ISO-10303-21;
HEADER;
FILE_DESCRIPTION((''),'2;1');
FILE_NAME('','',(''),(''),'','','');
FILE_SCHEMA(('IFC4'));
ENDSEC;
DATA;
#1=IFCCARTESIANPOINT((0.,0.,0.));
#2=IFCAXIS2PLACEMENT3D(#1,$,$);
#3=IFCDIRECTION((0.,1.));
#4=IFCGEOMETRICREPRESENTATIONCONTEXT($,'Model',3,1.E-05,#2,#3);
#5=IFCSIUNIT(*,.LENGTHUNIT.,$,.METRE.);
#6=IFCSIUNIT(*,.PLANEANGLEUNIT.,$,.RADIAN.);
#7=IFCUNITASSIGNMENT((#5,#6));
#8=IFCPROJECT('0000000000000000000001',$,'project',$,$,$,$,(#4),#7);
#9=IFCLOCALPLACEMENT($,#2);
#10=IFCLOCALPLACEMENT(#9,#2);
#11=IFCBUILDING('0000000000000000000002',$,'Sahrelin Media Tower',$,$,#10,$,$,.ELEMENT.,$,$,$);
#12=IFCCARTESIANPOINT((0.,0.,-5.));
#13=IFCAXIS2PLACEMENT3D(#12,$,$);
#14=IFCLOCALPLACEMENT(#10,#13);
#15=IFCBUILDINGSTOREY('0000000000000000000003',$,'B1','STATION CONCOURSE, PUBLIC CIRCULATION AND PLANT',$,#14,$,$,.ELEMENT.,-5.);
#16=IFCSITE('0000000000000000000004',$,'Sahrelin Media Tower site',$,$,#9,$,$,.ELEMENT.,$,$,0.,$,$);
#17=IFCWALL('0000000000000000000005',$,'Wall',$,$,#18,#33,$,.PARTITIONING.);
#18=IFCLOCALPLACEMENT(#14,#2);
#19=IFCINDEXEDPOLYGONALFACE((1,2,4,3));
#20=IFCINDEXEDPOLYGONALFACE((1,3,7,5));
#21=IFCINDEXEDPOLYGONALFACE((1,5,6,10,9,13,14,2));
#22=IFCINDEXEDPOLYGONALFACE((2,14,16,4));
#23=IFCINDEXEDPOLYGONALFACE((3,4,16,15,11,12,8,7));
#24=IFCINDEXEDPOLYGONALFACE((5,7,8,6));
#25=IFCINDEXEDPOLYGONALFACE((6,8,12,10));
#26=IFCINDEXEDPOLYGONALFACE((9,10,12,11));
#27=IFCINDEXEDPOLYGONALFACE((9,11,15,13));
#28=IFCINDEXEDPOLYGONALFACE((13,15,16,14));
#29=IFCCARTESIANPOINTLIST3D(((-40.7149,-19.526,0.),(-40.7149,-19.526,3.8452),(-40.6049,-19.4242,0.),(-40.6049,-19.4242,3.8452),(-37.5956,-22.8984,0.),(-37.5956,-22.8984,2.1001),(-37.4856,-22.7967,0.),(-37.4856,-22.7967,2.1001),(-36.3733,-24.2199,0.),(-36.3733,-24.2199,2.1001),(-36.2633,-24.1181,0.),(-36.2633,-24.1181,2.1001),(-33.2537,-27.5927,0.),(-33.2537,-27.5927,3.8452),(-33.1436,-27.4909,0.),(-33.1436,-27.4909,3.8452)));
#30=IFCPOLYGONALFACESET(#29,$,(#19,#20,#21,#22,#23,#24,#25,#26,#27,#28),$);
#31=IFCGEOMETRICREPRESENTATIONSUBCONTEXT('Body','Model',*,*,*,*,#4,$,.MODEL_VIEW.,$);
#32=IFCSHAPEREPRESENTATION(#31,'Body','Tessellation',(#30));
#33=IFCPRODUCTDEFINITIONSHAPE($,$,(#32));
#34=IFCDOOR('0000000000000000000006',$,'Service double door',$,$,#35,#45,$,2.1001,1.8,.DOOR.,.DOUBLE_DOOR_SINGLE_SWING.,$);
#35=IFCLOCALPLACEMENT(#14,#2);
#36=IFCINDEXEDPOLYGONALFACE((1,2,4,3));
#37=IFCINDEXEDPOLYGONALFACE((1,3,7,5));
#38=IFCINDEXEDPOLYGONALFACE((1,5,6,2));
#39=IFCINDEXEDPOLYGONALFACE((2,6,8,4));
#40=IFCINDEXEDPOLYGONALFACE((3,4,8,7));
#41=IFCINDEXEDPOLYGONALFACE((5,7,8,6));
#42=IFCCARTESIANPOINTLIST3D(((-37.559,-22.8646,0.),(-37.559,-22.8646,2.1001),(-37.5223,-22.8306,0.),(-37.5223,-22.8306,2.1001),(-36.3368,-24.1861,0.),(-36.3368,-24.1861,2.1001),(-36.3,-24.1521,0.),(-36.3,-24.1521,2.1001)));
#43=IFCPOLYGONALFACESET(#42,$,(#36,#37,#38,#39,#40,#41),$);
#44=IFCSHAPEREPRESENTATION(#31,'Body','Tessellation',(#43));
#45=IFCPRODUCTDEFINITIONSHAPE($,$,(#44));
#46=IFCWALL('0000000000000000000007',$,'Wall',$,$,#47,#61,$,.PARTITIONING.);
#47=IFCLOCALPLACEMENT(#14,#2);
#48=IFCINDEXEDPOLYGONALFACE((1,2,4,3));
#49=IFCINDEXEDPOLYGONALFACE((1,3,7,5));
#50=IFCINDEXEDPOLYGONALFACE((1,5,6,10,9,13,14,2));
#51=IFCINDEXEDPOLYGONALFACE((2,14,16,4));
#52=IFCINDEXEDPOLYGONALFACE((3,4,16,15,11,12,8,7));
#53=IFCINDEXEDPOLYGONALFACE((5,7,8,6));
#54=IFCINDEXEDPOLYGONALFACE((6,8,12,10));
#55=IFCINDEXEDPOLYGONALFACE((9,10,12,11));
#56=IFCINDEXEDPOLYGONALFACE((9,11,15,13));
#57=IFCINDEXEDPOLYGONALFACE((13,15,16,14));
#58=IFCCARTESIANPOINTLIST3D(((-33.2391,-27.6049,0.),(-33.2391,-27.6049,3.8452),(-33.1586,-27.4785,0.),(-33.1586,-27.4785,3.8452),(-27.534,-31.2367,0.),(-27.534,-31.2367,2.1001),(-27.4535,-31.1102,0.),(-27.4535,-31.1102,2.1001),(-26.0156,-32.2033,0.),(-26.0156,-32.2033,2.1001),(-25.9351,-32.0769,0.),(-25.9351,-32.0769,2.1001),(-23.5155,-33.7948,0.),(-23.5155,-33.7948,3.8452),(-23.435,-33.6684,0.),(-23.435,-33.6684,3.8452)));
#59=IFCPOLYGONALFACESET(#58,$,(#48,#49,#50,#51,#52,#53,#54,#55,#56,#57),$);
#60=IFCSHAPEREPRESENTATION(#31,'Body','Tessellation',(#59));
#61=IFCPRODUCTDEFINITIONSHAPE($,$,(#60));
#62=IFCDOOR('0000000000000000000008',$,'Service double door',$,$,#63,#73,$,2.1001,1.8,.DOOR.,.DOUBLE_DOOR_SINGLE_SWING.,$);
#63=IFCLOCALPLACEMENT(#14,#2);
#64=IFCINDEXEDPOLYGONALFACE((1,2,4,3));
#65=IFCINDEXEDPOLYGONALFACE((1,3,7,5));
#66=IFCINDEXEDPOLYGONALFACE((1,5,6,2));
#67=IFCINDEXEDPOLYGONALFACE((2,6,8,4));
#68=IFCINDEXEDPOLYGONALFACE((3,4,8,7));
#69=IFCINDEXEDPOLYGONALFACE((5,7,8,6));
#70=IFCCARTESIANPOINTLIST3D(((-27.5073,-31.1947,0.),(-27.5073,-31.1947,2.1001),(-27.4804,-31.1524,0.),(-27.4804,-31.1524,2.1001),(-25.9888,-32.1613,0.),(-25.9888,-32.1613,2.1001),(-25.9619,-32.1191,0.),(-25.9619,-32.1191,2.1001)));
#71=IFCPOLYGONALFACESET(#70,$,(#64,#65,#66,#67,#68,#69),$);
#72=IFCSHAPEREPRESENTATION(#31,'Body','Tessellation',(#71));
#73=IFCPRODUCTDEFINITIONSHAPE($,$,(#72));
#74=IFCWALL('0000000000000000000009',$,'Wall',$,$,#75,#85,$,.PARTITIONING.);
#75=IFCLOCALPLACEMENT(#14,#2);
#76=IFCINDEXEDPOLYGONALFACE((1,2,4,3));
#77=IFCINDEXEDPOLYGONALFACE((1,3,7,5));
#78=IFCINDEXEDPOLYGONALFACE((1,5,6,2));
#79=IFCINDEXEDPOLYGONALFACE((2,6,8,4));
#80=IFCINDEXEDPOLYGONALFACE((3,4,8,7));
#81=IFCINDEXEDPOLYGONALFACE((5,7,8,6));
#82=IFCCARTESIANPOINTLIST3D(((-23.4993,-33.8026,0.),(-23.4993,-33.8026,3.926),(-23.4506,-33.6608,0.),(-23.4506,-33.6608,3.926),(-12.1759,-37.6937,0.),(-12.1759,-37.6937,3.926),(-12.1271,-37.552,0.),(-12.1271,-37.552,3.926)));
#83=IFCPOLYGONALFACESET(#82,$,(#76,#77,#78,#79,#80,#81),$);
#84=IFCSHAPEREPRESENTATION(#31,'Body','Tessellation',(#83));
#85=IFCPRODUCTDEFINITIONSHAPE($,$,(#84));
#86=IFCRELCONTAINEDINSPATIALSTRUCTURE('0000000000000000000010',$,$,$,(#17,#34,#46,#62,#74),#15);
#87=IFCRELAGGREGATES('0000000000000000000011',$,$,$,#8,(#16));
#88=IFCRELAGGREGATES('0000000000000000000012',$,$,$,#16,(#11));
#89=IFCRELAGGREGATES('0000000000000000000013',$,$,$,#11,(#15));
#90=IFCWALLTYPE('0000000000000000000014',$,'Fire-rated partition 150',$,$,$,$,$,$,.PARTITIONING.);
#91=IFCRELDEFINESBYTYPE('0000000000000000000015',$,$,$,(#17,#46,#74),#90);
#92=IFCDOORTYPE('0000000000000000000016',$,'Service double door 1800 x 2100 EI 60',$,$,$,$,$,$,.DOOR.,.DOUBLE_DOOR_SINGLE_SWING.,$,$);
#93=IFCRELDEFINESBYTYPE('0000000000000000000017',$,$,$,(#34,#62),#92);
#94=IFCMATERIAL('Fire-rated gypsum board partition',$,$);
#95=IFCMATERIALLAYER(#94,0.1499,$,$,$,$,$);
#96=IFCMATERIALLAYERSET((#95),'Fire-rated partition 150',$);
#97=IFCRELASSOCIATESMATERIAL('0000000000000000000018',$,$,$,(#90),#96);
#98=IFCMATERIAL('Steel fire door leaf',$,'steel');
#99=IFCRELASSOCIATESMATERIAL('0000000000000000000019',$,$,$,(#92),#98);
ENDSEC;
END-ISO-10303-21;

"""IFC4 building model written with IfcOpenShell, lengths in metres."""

from ifc_helpers import new_model, si_unit, direction, frame, frame_2d, origin, place, context, subcontext, project, spatial, rectangle, extrude, material, layer, layer_set, type_object, element, fill, save


model = new_model("IFC4")

# Units and contexts
model_context = context("Model", 3, precision=1e-05, world=origin(), true_north=direction((0.0, 1.0)))
body_context = subcontext(model_context, "Body", "Model", "MODEL_VIEW")
ifc_project = project(units=[si_unit("LENGTHUNIT", "METRE"), si_unit("PLANEANGLEUNIT", "RADIAN")], contexts=[model_context])

# Site, building, storey
site_placement = place(None, origin())
site = spatial("IfcSite", under=ifc_project, at=site_placement, Name="Sahrelin Media Tower site", CompositionType="ELEMENT", RefElevation=0.0)
building_placement = place(site_placement, origin())
building = spatial("IfcBuilding", under=site, at=building_placement, Name="Sahrelin Media Tower", CompositionType="ELEMENT")
storey_placement = place(building_placement, frame((0.0, 0.0, -5.0)))
storey = spatial("IfcBuildingStorey", under=building, at=storey_placement, Name="B1", Description="STATION CONCOURSE, PUBLIC CIRCULATION AND PLANT", CompositionType="ELEMENT", Elevation=-5.0)

# Walls, openings, doors
ifc_material_1 = material(Name="Fire-rated gypsum board partition")
ifc_layer = layer(ifc_material_1, 0.1499)
ifc_layer_set = layer_set([ifc_layer], Name="Fire-rated partition 150")
wall_type = type_object("IfcWallType", Name="Fire-rated partition 150", PredefinedType="PARTITIONING", material=ifc_layer_set)
wall_1_placement = place(storey_placement, frame((-40.6599, -19.4751, 0.0), z_axis=(0.0, 0.0, 1.0), x_axis=(0.679019, -0.734121, 0.0)))
wall_1 = element("IfcWall", 1, at=wall_1_placement, inside=storey, type_object=wall_type, Name="Wall", PredefinedType="PARTITIONING", context=body_context, shape_type="SweptSolid", body=[
    extrude(rectangle(XDim=10.9883, YDim=0.1499, at=frame_2d((5.4941, 0.0))), origin(), (0.0, 0.0, 1.0), 3.8452),
])
opening_1_placement = place(wall_1_placement, frame((4.594, 0.0, 0.0)))
opening_1 = element("IfcOpeningElement", 2, at=opening_1_placement, cuts=wall_1, PredefinedType="OPENING", context=body_context, shape_type="SweptSolid", body=[
    extrude(rectangle(XDim=1.8, YDim=2.1001, at=frame_2d((0.8999, 1.05))), frame((0.0, 0.075, 0.0), z_axis=(0.0, -1.0, 0.0), x_axis=(1.0, 0.0, 0.0)), (0.0, 0.0, 1.0), 0.1499),
])
ifc_material_2 = material(Name="Steel fire door leaf", Category="steel")
door_type = type_object("IfcDoorType", Name="Service double door 1800 x 2100 EI 60", OperationType="DOUBLE_DOOR_SINGLE_SWING", PredefinedType="DOOR", material=ifc_material_2)
door_1_placement = place(opening_1_placement, origin())
door_1 = element("IfcDoor", 3, at=door_1_placement, inside=storey, type_object=door_type, Name="Service double door", OperationType="DOUBLE_DOOR_SINGLE_SWING", OverallHeight=2.1001, OverallWidth=1.8, PredefinedType="DOOR", context=body_context, shape_type="SweptSolid", body=[
    extrude(rectangle(XDim=1.8, YDim=2.1001, at=frame_2d((0.8999, 1.05))), frame((0.0, 0.0249, 0.0), z_axis=(0.0, -1.0, 0.0), x_axis=(1.0, 0.0, 0.0)), (0.0, 0.0, 1.0), 0.05),
])
fill(opening_1, door_1)
wall_2_placement = place(storey_placement, frame((-33.1987, -27.5417, 0.0), z_axis=(0.0, 0.0, 1.0), x_axis=(0.843576, -0.53701, 0.0)))
wall_2 = element("IfcWall", 4, at=wall_2_placement, inside=storey, type_object=wall_type, Name="Wall", PredefinedType="PARTITIONING", context=body_context, shape_type="SweptSolid", body=[
    extrude(rectangle(XDim=11.5266, YDim=0.1499, at=frame_2d((5.7632, 0.0))), origin(), (0.0, 0.0, 1.0), 3.8452),
])
opening_2_placement = place(wall_2_placement, frame((6.7629, 0.0, 0.0)))
opening_2 = element("IfcOpeningElement", 5, at=opening_2_placement, cuts=wall_2, PredefinedType="OPENING", context=body_context, shape_type="SweptSolid", body=[
    extrude(rectangle(XDim=1.8, YDim=2.1001, at=frame_2d((0.8999, 1.05))), frame((0.0, 0.075, 0.0), z_axis=(0.0, -1.0, 0.0), x_axis=(1.0, 0.0, 0.0)), (0.0, 0.0, 1.0), 0.1499),
])
door_2_placement = place(opening_2_placement, origin())
door_2 = element("IfcDoor", 6, at=door_2_placement, inside=storey, type_object=door_type, Name="Service double door", OperationType="DOUBLE_DOOR_SINGLE_SWING", OverallHeight=2.1001, OverallWidth=1.8, PredefinedType="DOOR", context=body_context, shape_type="SweptSolid", body=[
    extrude(rectangle(XDim=1.8, YDim=2.1001, at=frame_2d((0.8999, 1.05))), frame((0.0, 0.0249, 0.0), z_axis=(0.0, -1.0, 0.0), x_axis=(1.0, 0.0, 0.0)), (0.0, 0.0, 1.0), 0.05),
])
fill(opening_2, door_2)

# Wall
wall_3_placement = place(storey_placement, frame((-23.4751, -33.7317, 0.0), z_axis=(0.0, 0.0, 1.0), x_axis=(0.945721, -0.32498, 0.0)))
element("IfcWall", 7, at=wall_3_placement, inside=storey, type_object=wall_type, Name="Wall", PredefinedType="PARTITIONING", context=body_context, shape_type="SweptSolid", body=[
    extrude(rectangle(XDim=11.9734, YDim=0.1499, at=frame_2d((5.9868, 0.0))), origin(), (0.0, 0.0, 1.0), 3.926),
])

save(model, "model.ifc")
